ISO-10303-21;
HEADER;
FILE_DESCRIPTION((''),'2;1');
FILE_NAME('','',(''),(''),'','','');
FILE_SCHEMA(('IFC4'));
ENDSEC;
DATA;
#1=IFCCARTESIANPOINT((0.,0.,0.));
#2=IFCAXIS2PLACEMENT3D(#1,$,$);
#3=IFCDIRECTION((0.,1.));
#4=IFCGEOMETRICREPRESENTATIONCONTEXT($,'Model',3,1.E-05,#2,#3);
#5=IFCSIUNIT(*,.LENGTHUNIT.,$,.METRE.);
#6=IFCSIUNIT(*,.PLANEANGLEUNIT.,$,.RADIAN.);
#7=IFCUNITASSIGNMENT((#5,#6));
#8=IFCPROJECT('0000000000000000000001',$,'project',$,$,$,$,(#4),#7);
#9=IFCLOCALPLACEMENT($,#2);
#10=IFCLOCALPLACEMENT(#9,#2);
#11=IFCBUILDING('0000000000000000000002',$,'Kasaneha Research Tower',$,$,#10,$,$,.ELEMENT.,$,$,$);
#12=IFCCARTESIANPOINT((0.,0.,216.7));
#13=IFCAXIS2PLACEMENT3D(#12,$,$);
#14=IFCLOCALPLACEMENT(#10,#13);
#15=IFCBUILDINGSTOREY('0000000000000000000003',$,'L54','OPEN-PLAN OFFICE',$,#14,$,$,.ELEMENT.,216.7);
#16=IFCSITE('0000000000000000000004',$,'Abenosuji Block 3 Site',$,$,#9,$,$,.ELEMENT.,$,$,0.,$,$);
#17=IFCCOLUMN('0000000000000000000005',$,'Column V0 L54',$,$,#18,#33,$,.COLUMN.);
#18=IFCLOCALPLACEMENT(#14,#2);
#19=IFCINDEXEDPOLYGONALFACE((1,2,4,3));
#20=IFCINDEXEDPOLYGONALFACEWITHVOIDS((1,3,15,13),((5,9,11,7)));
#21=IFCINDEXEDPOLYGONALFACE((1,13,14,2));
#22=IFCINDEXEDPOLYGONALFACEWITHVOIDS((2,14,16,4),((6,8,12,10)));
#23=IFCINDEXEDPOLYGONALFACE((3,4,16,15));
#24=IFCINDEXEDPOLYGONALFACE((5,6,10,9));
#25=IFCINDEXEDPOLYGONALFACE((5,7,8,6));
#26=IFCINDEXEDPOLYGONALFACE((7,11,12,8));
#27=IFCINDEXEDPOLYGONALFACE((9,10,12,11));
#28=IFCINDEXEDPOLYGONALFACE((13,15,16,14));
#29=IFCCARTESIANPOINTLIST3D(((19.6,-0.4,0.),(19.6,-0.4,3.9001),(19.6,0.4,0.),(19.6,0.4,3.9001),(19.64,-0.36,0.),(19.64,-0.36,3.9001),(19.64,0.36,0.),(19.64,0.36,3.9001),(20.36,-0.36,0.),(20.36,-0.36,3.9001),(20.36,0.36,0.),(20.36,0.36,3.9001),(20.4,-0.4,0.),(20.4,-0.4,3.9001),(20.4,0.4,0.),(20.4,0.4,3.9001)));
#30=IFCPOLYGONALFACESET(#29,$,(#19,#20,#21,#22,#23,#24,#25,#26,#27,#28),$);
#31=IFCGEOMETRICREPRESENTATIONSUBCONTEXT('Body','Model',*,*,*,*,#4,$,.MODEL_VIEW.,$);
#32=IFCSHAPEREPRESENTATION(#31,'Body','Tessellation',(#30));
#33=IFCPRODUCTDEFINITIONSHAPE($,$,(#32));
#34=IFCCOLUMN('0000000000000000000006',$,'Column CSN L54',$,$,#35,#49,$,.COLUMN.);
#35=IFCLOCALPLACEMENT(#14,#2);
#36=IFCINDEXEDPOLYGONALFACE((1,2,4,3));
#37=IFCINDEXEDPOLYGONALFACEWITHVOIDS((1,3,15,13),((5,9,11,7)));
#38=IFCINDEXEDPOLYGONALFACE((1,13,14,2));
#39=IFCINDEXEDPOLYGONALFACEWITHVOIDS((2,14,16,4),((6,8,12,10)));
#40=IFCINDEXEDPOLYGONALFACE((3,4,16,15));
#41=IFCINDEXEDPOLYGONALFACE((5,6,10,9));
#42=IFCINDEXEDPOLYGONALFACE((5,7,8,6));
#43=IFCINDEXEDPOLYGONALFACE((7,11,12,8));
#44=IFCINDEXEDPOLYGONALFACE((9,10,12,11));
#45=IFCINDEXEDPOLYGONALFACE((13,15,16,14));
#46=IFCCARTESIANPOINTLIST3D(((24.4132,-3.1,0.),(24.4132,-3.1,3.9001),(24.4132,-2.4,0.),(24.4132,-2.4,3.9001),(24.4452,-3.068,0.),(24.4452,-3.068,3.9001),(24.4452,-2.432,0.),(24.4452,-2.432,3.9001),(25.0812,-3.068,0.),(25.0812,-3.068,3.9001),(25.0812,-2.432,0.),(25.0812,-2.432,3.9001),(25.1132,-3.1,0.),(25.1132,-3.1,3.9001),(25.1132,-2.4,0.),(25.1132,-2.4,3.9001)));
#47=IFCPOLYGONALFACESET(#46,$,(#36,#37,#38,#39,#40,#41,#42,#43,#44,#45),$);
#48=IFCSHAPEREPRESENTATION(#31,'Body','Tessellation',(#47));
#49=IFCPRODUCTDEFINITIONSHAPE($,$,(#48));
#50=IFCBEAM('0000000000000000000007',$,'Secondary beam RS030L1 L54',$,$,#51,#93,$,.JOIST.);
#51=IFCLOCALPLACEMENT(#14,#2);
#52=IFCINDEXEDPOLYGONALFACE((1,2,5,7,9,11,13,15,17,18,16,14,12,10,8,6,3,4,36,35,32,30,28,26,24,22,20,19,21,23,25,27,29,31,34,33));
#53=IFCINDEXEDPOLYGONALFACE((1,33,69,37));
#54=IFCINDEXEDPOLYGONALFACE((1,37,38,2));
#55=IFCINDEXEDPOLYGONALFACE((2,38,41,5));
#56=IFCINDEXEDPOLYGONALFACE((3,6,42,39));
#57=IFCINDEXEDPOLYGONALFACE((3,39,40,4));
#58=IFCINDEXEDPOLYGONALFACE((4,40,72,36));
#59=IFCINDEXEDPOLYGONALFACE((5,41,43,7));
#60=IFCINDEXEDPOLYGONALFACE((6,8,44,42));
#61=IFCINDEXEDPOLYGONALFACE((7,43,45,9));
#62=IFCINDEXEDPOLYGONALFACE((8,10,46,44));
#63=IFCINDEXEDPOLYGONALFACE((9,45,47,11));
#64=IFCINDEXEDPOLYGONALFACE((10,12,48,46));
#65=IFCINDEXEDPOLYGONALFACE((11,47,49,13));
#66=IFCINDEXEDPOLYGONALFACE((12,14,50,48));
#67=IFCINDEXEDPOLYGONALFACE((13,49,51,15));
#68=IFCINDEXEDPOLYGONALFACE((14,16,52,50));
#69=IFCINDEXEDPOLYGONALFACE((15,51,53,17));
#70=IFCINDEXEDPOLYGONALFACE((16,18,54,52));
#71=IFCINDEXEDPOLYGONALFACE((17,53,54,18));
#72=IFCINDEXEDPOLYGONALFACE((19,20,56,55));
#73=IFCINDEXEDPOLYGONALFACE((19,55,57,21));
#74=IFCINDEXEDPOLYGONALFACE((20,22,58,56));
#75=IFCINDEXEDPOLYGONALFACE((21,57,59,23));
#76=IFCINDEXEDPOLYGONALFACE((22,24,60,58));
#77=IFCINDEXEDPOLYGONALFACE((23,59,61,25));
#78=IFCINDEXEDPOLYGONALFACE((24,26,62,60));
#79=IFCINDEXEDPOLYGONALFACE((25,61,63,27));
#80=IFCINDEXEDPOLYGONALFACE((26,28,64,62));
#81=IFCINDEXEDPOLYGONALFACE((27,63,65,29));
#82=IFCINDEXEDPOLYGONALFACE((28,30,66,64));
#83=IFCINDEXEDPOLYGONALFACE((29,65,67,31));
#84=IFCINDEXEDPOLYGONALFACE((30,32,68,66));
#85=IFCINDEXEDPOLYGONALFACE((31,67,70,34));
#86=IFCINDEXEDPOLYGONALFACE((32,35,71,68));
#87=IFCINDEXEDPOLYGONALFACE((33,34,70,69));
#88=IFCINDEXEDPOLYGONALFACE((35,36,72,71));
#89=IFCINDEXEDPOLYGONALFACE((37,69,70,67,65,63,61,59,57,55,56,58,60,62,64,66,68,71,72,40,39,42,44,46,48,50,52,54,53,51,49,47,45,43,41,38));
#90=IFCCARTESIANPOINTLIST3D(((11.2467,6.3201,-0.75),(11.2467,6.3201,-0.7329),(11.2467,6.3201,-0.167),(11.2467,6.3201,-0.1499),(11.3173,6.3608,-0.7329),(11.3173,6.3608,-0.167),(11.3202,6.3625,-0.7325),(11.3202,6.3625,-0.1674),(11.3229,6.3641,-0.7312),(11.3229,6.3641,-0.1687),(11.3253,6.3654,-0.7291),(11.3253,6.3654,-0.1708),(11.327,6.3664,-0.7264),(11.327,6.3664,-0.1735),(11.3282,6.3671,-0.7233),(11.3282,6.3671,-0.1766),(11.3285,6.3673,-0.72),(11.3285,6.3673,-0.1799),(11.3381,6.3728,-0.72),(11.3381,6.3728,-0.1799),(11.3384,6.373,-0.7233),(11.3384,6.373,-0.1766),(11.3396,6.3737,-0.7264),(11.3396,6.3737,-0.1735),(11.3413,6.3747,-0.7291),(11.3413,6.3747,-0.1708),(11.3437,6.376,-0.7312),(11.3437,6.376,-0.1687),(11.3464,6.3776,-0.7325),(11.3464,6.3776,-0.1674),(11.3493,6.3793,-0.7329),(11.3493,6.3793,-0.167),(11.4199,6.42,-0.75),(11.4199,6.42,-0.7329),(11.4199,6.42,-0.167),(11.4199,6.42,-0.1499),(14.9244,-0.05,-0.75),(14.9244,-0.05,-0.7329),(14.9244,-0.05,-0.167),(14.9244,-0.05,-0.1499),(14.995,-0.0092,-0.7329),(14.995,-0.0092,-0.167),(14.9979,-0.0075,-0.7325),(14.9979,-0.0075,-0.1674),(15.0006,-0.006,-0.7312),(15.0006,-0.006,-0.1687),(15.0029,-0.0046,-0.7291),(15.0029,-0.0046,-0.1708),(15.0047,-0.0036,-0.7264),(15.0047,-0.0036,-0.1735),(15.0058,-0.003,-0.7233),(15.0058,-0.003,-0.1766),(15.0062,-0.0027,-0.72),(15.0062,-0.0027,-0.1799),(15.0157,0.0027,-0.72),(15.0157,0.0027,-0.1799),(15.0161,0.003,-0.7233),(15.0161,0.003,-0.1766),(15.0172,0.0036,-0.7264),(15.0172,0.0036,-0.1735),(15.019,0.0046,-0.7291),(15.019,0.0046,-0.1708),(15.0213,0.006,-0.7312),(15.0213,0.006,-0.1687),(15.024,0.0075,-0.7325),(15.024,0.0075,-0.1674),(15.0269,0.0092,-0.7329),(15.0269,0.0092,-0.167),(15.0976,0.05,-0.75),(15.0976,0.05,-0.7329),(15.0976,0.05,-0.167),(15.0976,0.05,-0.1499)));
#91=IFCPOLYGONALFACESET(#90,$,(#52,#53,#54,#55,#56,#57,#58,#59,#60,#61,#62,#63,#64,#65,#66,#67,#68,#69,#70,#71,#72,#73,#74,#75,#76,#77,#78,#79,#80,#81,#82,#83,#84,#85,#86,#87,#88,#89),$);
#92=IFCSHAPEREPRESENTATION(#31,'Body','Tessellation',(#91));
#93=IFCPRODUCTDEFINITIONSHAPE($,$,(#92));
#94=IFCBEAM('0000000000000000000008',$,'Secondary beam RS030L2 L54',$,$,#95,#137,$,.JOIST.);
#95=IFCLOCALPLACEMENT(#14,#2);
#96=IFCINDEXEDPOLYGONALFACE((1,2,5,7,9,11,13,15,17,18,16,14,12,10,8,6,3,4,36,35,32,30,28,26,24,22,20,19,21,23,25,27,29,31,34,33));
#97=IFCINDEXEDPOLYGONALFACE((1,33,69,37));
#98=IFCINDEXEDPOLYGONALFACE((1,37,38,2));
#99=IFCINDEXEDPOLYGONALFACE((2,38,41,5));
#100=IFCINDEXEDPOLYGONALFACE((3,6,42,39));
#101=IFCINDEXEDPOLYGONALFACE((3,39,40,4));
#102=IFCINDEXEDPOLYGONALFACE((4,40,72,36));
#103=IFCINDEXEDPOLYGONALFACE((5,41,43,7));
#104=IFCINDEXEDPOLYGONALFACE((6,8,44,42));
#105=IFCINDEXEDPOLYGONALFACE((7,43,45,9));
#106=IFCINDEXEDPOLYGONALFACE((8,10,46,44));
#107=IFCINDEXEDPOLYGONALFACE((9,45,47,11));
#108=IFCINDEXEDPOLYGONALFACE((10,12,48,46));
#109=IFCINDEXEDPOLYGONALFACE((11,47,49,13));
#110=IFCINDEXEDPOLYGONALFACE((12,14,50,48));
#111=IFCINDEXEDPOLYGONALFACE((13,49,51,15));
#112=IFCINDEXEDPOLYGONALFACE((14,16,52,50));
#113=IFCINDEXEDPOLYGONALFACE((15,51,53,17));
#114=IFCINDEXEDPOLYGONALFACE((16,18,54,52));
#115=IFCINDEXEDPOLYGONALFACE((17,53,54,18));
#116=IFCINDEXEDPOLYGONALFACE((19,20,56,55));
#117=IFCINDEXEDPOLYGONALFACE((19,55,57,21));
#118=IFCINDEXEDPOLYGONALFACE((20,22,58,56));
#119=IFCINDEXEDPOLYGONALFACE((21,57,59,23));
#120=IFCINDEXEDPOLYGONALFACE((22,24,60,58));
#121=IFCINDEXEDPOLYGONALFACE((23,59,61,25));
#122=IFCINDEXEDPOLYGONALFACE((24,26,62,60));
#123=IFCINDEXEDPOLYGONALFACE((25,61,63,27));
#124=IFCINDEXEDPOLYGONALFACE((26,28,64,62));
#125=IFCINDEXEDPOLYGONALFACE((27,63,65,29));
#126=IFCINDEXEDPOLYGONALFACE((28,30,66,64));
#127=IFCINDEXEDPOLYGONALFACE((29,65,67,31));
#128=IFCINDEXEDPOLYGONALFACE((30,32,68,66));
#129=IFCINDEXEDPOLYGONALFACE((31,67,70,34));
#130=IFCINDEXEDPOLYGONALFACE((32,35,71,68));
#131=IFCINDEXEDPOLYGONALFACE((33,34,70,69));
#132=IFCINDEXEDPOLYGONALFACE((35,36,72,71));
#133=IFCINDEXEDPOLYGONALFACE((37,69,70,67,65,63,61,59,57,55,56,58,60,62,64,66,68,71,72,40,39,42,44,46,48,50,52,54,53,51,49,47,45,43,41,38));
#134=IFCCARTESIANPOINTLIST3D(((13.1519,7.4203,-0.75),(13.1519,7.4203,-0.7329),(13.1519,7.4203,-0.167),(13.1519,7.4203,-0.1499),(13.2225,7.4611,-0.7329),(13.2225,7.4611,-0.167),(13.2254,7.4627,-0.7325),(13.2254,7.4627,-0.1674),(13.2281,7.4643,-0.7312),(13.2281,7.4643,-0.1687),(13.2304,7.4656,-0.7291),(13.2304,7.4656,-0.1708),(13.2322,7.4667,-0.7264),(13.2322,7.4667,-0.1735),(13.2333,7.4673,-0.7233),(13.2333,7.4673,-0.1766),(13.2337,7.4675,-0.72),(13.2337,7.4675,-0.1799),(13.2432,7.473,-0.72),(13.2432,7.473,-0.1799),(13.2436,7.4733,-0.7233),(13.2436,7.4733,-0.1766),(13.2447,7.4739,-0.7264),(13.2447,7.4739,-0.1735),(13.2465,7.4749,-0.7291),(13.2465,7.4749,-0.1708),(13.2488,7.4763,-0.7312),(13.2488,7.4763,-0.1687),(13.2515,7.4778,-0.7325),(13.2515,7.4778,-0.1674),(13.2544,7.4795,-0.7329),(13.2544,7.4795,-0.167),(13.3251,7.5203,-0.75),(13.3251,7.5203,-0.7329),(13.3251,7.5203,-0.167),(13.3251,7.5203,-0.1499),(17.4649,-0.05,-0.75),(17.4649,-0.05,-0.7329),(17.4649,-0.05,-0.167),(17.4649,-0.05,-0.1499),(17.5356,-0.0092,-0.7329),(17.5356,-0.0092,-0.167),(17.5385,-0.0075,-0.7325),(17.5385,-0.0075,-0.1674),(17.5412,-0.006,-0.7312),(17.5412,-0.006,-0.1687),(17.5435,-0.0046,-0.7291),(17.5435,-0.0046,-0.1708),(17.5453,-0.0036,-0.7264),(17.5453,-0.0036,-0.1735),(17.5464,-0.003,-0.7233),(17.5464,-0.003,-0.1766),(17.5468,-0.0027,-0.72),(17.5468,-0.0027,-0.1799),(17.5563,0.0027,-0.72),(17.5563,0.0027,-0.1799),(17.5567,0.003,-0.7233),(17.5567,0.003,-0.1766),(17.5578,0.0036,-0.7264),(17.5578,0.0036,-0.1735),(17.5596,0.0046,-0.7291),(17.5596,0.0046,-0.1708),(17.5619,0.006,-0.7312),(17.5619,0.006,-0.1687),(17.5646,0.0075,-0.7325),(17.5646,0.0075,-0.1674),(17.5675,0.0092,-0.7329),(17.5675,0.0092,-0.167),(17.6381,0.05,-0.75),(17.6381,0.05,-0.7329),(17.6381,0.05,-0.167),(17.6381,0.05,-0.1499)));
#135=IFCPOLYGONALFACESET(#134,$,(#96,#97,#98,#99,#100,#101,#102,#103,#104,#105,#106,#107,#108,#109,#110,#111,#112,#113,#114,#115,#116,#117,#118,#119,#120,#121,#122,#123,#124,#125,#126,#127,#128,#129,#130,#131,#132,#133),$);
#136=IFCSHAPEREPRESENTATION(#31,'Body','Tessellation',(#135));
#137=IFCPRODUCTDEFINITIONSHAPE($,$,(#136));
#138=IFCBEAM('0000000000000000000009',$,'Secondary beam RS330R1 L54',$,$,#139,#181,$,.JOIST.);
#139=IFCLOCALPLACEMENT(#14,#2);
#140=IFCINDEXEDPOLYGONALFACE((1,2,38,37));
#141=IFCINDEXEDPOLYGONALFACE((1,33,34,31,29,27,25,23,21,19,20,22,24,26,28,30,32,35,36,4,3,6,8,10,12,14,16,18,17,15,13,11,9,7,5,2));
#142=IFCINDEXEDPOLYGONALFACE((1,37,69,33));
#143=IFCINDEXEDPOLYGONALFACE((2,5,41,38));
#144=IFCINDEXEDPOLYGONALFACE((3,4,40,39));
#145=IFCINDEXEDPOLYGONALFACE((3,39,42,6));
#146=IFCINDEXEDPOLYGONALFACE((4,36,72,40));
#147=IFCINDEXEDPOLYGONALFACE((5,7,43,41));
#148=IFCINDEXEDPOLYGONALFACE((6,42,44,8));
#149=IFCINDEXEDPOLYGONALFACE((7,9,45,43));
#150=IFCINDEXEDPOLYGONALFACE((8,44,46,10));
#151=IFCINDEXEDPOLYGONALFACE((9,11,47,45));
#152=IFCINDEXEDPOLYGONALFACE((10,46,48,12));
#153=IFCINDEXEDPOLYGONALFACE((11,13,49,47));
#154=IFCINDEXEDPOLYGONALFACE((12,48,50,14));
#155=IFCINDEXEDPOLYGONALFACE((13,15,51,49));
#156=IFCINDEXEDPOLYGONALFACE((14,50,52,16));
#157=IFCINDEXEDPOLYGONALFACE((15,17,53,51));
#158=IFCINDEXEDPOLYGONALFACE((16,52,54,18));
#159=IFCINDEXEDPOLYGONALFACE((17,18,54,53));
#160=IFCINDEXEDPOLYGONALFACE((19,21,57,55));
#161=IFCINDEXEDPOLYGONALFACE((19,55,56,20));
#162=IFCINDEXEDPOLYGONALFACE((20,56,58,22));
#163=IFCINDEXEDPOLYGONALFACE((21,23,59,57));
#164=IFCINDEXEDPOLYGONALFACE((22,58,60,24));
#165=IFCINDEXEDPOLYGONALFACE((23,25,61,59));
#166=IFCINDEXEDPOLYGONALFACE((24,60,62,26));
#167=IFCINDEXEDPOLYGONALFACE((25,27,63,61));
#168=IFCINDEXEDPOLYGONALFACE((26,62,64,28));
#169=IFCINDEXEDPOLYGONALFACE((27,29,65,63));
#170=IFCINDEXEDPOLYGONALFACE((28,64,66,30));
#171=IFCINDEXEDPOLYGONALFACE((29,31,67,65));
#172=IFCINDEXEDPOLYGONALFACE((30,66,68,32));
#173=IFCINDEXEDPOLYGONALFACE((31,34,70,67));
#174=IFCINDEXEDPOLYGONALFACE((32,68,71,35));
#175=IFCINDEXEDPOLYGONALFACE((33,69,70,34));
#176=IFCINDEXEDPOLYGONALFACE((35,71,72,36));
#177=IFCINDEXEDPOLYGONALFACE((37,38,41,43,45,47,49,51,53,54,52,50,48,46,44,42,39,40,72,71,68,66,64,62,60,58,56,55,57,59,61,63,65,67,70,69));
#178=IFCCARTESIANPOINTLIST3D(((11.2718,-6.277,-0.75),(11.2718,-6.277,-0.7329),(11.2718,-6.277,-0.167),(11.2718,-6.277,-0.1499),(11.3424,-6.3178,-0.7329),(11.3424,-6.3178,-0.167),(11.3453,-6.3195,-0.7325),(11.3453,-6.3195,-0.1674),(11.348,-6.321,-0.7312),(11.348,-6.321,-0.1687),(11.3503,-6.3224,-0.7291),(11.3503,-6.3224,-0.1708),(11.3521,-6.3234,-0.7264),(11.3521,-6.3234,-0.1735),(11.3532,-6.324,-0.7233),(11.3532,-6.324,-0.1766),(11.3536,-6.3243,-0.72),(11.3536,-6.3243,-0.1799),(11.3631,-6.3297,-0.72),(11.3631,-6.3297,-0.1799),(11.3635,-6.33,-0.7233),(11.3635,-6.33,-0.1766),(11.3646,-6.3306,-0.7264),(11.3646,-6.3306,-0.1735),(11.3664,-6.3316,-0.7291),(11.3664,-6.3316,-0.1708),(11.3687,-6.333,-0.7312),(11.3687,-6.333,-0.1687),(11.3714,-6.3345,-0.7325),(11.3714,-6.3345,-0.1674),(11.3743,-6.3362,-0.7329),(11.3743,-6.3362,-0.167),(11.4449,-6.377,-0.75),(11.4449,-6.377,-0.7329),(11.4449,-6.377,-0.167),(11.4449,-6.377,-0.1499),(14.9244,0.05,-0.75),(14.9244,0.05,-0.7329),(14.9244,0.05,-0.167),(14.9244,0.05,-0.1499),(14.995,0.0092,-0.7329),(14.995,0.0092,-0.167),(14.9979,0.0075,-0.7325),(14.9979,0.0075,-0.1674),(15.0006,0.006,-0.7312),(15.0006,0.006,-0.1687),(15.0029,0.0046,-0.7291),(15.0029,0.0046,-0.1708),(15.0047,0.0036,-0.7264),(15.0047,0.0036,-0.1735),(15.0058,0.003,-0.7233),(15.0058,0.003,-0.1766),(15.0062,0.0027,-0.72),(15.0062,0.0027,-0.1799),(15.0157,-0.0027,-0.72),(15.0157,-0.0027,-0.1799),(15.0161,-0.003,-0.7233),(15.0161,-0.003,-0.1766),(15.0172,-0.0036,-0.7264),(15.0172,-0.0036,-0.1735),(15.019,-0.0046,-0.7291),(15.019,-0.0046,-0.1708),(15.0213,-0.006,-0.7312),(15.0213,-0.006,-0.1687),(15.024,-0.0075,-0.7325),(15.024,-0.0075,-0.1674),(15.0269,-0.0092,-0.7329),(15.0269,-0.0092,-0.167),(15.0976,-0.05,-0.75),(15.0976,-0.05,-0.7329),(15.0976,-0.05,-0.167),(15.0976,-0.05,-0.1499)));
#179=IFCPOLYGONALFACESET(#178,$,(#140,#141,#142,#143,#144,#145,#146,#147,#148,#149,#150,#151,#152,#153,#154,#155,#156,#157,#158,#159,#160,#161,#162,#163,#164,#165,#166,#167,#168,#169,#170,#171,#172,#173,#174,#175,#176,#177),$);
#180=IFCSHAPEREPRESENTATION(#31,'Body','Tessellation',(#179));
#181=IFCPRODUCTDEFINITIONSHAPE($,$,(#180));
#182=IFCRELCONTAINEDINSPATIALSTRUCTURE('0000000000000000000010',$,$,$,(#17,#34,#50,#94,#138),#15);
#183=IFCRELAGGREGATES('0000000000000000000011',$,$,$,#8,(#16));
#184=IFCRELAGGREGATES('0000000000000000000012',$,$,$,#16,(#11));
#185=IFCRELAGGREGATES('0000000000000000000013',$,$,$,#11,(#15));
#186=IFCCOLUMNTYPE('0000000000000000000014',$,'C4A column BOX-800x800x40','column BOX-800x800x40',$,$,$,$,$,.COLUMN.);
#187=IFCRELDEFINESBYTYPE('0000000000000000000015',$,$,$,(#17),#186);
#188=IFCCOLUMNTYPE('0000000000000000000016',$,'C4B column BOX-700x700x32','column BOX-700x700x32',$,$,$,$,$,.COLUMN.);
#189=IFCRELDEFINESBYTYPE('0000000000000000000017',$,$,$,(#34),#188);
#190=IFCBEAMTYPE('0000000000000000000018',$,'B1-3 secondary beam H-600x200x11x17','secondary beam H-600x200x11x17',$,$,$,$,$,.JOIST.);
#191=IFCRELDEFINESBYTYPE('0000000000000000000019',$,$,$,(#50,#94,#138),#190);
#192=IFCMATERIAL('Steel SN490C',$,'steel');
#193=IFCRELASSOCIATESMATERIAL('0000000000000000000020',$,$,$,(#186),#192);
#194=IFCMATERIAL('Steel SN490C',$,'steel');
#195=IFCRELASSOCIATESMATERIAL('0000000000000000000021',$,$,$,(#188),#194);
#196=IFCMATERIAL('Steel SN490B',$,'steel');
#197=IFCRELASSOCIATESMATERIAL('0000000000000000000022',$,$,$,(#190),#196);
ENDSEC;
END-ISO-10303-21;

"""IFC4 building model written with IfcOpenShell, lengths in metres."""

from ifc_helpers import new_model, si_unit, direction, frame, origin, origin_2d, place, context, subcontext, project, spatial, hollow_rectangle, i_section, extrude, material, material_profile, profile_set, type_object, element, save


model = new_model("IFC4")

# Units and contexts
model_context = context("Model", 3, precision=1e-05, world=origin(), true_north=direction((0.0, 1.0)))
body_context = subcontext(model_context, "Body", "Model", "MODEL_VIEW")
ifc_project = project(units=[si_unit("LENGTHUNIT", "METRE"), si_unit("PLANEANGLEUNIT", "RADIAN")], contexts=[model_context])

# Site, building, storey
site_placement = place(None, origin())
site = spatial("IfcSite", under=ifc_project, at=site_placement, Name="Abenosuji Block 3 Site", CompositionType="ELEMENT", RefElevation=0.0)
building_placement = place(site_placement, origin())
building = spatial("IfcBuilding", under=site, at=building_placement, Name="Kasaneha Research Tower", CompositionType="ELEMENT")
storey_placement = place(building_placement, frame((0.0, 0.0, 216.7)))
storey = spatial("IfcBuildingStorey", under=building, at=storey_placement, Name="L54", Description="OPEN-PLAN OFFICE", CompositionType="ELEMENT", Elevation=216.7)

# Columns
ifc_material_1 = material(Name="Steel SN490C", Category="steel")
ifc_material_profile_1 = material_profile(ifc_material_1, hollow_rectangle(XDim=0.8, YDim=0.8, WallThickness=0.04, at=origin_2d()), Name="BOX-800x800x40")
ifc_profile_set_1 = profile_set([ifc_material_profile_1], Name="Steel SN490C")
column_type_1 = type_object("IfcColumnType", Name="C4A column BOX-800x800x40", Description="column BOX-800x800x40", PredefinedType="COLUMN", material=ifc_profile_set_1)
column_1_placement = place(storey_placement, frame((20.0, 0.0, 0.0), z_axis=(0.0, 0.0, 1.0), x_axis=(1.0, 0.0, 0.0)))
element("IfcColumn", 1, at=column_1_placement, inside=storey, type_object=column_type_1, Name="Column V0 L54", PredefinedType="COLUMN", context=body_context, shape_type="SweptSolid", body=[
    extrude(hollow_rectangle(XDim=0.8, YDim=0.8, WallThickness=0.04, at=origin_2d()), origin(), (0.0, 0.0, 1.0), 3.9001),
])
ifc_material_2 = material(Name="Steel SN490C", Category="steel")
ifc_material_profile_2 = material_profile(ifc_material_2, hollow_rectangle(XDim=0.7, YDim=0.7, WallThickness=0.032, at=origin_2d()), Name="BOX-700x700x32")
ifc_profile_set_2 = profile_set([ifc_material_profile_2], Name="Steel SN490C")
column_type_2 = type_object("IfcColumnType", Name="C4B column BOX-700x700x32", Description="column BOX-700x700x32", PredefinedType="COLUMN", material=ifc_profile_set_2)
column_2_placement = place(storey_placement, frame((24.7632, -2.75, 0.0), z_axis=(0.0, 0.0, 1.0), x_axis=(1.0, 0.0, 0.0)))
element("IfcColumn", 2, at=column_2_placement, inside=storey, type_object=column_type_2, Name="Column CSN L54", PredefinedType="COLUMN", context=body_context, shape_type="SweptSolid", body=[
    extrude(hollow_rectangle(XDim=0.7, YDim=0.7, WallThickness=0.032, at=origin_2d()), origin(), (0.0, 0.0, 1.0), 3.9001),
])

# Beams
ifc_material_3 = material(Name="Steel SN490B", Category="steel")
ifc_material_profile_3 = material_profile(ifc_material_3, i_section(OverallWidth=0.2, OverallDepth=0.6001, WebThickness=0.011, FlangeThickness=0.0171, FilletRadius=0.0129, at=origin_2d()), Name="H-600x200x11x17")
ifc_profile_set_3 = profile_set([ifc_material_profile_3], Name="Steel SN490B")
beam_type_1 = type_object("IfcBeamType", Name="B1-3 secondary beam H-600x200x11x17", Description="secondary beam H-600x200x11x17", PredefinedType="JOIST", material=ifc_profile_set_3)
beam_1_placement = place(storey_placement, frame((15.011, 0.0, -0.45), z_axis=(-0.499994, 0.866029, 0.0), x_axis=(-0.866029, -0.499994, 0.0)))
element("IfcBeam", 3, at=beam_1_placement, inside=storey, type_object=beam_type_1, Name="Secondary beam RS030L1 L54", PredefinedType="JOIST", context=body_context, shape_type="SweptSolid", body=[
    extrude(i_section(OverallWidth=0.2, OverallDepth=0.6001, WebThickness=0.011, FlangeThickness=0.0171, FilletRadius=0.0129, at=origin_2d()), origin(), (0.0, 0.0, 1.0), 7.3555),
])
beam_2_placement = place(storey_placement, frame((17.5515, 0.0, -0.45), z_axis=(-0.500005, 0.866023, 0.0), x_axis=(-0.866023, -0.500005, 0.0)))
element("IfcBeam", 4, at=beam_2_placement, inside=storey, type_object=beam_type_1, Name="Secondary beam RS030L2 L54", PredefinedType="JOIST", context=body_context, shape_type="SweptSolid", body=[
    extrude(i_section(OverallWidth=0.2, OverallDepth=0.6001, WebThickness=0.011, FlangeThickness=0.0171, FilletRadius=0.0129, at=origin_2d()), origin(), (0.0, 0.0, 1.0), 8.626),
])
beam_3_placement = place(storey_placement, frame((15.011, 0.0, -0.45), z_axis=(-0.499974, -0.86604, 0.0), x_axis=(0.86604, -0.499974, 0.0)))
element("IfcBeam", 5, at=beam_3_placement, inside=storey, type_object=beam_type_1, Name="Secondary beam RS330R1 L54", PredefinedType="JOIST", context=body_context, shape_type="SweptSolid", body=[
    extrude(i_section(OverallWidth=0.2, OverallDepth=0.6001, WebThickness=0.011, FlangeThickness=0.0171, FilletRadius=0.0129, at=origin_2d()), origin(), (0.0, 0.0, 1.0), 7.3057),
])

save(model, "model.ifc")
